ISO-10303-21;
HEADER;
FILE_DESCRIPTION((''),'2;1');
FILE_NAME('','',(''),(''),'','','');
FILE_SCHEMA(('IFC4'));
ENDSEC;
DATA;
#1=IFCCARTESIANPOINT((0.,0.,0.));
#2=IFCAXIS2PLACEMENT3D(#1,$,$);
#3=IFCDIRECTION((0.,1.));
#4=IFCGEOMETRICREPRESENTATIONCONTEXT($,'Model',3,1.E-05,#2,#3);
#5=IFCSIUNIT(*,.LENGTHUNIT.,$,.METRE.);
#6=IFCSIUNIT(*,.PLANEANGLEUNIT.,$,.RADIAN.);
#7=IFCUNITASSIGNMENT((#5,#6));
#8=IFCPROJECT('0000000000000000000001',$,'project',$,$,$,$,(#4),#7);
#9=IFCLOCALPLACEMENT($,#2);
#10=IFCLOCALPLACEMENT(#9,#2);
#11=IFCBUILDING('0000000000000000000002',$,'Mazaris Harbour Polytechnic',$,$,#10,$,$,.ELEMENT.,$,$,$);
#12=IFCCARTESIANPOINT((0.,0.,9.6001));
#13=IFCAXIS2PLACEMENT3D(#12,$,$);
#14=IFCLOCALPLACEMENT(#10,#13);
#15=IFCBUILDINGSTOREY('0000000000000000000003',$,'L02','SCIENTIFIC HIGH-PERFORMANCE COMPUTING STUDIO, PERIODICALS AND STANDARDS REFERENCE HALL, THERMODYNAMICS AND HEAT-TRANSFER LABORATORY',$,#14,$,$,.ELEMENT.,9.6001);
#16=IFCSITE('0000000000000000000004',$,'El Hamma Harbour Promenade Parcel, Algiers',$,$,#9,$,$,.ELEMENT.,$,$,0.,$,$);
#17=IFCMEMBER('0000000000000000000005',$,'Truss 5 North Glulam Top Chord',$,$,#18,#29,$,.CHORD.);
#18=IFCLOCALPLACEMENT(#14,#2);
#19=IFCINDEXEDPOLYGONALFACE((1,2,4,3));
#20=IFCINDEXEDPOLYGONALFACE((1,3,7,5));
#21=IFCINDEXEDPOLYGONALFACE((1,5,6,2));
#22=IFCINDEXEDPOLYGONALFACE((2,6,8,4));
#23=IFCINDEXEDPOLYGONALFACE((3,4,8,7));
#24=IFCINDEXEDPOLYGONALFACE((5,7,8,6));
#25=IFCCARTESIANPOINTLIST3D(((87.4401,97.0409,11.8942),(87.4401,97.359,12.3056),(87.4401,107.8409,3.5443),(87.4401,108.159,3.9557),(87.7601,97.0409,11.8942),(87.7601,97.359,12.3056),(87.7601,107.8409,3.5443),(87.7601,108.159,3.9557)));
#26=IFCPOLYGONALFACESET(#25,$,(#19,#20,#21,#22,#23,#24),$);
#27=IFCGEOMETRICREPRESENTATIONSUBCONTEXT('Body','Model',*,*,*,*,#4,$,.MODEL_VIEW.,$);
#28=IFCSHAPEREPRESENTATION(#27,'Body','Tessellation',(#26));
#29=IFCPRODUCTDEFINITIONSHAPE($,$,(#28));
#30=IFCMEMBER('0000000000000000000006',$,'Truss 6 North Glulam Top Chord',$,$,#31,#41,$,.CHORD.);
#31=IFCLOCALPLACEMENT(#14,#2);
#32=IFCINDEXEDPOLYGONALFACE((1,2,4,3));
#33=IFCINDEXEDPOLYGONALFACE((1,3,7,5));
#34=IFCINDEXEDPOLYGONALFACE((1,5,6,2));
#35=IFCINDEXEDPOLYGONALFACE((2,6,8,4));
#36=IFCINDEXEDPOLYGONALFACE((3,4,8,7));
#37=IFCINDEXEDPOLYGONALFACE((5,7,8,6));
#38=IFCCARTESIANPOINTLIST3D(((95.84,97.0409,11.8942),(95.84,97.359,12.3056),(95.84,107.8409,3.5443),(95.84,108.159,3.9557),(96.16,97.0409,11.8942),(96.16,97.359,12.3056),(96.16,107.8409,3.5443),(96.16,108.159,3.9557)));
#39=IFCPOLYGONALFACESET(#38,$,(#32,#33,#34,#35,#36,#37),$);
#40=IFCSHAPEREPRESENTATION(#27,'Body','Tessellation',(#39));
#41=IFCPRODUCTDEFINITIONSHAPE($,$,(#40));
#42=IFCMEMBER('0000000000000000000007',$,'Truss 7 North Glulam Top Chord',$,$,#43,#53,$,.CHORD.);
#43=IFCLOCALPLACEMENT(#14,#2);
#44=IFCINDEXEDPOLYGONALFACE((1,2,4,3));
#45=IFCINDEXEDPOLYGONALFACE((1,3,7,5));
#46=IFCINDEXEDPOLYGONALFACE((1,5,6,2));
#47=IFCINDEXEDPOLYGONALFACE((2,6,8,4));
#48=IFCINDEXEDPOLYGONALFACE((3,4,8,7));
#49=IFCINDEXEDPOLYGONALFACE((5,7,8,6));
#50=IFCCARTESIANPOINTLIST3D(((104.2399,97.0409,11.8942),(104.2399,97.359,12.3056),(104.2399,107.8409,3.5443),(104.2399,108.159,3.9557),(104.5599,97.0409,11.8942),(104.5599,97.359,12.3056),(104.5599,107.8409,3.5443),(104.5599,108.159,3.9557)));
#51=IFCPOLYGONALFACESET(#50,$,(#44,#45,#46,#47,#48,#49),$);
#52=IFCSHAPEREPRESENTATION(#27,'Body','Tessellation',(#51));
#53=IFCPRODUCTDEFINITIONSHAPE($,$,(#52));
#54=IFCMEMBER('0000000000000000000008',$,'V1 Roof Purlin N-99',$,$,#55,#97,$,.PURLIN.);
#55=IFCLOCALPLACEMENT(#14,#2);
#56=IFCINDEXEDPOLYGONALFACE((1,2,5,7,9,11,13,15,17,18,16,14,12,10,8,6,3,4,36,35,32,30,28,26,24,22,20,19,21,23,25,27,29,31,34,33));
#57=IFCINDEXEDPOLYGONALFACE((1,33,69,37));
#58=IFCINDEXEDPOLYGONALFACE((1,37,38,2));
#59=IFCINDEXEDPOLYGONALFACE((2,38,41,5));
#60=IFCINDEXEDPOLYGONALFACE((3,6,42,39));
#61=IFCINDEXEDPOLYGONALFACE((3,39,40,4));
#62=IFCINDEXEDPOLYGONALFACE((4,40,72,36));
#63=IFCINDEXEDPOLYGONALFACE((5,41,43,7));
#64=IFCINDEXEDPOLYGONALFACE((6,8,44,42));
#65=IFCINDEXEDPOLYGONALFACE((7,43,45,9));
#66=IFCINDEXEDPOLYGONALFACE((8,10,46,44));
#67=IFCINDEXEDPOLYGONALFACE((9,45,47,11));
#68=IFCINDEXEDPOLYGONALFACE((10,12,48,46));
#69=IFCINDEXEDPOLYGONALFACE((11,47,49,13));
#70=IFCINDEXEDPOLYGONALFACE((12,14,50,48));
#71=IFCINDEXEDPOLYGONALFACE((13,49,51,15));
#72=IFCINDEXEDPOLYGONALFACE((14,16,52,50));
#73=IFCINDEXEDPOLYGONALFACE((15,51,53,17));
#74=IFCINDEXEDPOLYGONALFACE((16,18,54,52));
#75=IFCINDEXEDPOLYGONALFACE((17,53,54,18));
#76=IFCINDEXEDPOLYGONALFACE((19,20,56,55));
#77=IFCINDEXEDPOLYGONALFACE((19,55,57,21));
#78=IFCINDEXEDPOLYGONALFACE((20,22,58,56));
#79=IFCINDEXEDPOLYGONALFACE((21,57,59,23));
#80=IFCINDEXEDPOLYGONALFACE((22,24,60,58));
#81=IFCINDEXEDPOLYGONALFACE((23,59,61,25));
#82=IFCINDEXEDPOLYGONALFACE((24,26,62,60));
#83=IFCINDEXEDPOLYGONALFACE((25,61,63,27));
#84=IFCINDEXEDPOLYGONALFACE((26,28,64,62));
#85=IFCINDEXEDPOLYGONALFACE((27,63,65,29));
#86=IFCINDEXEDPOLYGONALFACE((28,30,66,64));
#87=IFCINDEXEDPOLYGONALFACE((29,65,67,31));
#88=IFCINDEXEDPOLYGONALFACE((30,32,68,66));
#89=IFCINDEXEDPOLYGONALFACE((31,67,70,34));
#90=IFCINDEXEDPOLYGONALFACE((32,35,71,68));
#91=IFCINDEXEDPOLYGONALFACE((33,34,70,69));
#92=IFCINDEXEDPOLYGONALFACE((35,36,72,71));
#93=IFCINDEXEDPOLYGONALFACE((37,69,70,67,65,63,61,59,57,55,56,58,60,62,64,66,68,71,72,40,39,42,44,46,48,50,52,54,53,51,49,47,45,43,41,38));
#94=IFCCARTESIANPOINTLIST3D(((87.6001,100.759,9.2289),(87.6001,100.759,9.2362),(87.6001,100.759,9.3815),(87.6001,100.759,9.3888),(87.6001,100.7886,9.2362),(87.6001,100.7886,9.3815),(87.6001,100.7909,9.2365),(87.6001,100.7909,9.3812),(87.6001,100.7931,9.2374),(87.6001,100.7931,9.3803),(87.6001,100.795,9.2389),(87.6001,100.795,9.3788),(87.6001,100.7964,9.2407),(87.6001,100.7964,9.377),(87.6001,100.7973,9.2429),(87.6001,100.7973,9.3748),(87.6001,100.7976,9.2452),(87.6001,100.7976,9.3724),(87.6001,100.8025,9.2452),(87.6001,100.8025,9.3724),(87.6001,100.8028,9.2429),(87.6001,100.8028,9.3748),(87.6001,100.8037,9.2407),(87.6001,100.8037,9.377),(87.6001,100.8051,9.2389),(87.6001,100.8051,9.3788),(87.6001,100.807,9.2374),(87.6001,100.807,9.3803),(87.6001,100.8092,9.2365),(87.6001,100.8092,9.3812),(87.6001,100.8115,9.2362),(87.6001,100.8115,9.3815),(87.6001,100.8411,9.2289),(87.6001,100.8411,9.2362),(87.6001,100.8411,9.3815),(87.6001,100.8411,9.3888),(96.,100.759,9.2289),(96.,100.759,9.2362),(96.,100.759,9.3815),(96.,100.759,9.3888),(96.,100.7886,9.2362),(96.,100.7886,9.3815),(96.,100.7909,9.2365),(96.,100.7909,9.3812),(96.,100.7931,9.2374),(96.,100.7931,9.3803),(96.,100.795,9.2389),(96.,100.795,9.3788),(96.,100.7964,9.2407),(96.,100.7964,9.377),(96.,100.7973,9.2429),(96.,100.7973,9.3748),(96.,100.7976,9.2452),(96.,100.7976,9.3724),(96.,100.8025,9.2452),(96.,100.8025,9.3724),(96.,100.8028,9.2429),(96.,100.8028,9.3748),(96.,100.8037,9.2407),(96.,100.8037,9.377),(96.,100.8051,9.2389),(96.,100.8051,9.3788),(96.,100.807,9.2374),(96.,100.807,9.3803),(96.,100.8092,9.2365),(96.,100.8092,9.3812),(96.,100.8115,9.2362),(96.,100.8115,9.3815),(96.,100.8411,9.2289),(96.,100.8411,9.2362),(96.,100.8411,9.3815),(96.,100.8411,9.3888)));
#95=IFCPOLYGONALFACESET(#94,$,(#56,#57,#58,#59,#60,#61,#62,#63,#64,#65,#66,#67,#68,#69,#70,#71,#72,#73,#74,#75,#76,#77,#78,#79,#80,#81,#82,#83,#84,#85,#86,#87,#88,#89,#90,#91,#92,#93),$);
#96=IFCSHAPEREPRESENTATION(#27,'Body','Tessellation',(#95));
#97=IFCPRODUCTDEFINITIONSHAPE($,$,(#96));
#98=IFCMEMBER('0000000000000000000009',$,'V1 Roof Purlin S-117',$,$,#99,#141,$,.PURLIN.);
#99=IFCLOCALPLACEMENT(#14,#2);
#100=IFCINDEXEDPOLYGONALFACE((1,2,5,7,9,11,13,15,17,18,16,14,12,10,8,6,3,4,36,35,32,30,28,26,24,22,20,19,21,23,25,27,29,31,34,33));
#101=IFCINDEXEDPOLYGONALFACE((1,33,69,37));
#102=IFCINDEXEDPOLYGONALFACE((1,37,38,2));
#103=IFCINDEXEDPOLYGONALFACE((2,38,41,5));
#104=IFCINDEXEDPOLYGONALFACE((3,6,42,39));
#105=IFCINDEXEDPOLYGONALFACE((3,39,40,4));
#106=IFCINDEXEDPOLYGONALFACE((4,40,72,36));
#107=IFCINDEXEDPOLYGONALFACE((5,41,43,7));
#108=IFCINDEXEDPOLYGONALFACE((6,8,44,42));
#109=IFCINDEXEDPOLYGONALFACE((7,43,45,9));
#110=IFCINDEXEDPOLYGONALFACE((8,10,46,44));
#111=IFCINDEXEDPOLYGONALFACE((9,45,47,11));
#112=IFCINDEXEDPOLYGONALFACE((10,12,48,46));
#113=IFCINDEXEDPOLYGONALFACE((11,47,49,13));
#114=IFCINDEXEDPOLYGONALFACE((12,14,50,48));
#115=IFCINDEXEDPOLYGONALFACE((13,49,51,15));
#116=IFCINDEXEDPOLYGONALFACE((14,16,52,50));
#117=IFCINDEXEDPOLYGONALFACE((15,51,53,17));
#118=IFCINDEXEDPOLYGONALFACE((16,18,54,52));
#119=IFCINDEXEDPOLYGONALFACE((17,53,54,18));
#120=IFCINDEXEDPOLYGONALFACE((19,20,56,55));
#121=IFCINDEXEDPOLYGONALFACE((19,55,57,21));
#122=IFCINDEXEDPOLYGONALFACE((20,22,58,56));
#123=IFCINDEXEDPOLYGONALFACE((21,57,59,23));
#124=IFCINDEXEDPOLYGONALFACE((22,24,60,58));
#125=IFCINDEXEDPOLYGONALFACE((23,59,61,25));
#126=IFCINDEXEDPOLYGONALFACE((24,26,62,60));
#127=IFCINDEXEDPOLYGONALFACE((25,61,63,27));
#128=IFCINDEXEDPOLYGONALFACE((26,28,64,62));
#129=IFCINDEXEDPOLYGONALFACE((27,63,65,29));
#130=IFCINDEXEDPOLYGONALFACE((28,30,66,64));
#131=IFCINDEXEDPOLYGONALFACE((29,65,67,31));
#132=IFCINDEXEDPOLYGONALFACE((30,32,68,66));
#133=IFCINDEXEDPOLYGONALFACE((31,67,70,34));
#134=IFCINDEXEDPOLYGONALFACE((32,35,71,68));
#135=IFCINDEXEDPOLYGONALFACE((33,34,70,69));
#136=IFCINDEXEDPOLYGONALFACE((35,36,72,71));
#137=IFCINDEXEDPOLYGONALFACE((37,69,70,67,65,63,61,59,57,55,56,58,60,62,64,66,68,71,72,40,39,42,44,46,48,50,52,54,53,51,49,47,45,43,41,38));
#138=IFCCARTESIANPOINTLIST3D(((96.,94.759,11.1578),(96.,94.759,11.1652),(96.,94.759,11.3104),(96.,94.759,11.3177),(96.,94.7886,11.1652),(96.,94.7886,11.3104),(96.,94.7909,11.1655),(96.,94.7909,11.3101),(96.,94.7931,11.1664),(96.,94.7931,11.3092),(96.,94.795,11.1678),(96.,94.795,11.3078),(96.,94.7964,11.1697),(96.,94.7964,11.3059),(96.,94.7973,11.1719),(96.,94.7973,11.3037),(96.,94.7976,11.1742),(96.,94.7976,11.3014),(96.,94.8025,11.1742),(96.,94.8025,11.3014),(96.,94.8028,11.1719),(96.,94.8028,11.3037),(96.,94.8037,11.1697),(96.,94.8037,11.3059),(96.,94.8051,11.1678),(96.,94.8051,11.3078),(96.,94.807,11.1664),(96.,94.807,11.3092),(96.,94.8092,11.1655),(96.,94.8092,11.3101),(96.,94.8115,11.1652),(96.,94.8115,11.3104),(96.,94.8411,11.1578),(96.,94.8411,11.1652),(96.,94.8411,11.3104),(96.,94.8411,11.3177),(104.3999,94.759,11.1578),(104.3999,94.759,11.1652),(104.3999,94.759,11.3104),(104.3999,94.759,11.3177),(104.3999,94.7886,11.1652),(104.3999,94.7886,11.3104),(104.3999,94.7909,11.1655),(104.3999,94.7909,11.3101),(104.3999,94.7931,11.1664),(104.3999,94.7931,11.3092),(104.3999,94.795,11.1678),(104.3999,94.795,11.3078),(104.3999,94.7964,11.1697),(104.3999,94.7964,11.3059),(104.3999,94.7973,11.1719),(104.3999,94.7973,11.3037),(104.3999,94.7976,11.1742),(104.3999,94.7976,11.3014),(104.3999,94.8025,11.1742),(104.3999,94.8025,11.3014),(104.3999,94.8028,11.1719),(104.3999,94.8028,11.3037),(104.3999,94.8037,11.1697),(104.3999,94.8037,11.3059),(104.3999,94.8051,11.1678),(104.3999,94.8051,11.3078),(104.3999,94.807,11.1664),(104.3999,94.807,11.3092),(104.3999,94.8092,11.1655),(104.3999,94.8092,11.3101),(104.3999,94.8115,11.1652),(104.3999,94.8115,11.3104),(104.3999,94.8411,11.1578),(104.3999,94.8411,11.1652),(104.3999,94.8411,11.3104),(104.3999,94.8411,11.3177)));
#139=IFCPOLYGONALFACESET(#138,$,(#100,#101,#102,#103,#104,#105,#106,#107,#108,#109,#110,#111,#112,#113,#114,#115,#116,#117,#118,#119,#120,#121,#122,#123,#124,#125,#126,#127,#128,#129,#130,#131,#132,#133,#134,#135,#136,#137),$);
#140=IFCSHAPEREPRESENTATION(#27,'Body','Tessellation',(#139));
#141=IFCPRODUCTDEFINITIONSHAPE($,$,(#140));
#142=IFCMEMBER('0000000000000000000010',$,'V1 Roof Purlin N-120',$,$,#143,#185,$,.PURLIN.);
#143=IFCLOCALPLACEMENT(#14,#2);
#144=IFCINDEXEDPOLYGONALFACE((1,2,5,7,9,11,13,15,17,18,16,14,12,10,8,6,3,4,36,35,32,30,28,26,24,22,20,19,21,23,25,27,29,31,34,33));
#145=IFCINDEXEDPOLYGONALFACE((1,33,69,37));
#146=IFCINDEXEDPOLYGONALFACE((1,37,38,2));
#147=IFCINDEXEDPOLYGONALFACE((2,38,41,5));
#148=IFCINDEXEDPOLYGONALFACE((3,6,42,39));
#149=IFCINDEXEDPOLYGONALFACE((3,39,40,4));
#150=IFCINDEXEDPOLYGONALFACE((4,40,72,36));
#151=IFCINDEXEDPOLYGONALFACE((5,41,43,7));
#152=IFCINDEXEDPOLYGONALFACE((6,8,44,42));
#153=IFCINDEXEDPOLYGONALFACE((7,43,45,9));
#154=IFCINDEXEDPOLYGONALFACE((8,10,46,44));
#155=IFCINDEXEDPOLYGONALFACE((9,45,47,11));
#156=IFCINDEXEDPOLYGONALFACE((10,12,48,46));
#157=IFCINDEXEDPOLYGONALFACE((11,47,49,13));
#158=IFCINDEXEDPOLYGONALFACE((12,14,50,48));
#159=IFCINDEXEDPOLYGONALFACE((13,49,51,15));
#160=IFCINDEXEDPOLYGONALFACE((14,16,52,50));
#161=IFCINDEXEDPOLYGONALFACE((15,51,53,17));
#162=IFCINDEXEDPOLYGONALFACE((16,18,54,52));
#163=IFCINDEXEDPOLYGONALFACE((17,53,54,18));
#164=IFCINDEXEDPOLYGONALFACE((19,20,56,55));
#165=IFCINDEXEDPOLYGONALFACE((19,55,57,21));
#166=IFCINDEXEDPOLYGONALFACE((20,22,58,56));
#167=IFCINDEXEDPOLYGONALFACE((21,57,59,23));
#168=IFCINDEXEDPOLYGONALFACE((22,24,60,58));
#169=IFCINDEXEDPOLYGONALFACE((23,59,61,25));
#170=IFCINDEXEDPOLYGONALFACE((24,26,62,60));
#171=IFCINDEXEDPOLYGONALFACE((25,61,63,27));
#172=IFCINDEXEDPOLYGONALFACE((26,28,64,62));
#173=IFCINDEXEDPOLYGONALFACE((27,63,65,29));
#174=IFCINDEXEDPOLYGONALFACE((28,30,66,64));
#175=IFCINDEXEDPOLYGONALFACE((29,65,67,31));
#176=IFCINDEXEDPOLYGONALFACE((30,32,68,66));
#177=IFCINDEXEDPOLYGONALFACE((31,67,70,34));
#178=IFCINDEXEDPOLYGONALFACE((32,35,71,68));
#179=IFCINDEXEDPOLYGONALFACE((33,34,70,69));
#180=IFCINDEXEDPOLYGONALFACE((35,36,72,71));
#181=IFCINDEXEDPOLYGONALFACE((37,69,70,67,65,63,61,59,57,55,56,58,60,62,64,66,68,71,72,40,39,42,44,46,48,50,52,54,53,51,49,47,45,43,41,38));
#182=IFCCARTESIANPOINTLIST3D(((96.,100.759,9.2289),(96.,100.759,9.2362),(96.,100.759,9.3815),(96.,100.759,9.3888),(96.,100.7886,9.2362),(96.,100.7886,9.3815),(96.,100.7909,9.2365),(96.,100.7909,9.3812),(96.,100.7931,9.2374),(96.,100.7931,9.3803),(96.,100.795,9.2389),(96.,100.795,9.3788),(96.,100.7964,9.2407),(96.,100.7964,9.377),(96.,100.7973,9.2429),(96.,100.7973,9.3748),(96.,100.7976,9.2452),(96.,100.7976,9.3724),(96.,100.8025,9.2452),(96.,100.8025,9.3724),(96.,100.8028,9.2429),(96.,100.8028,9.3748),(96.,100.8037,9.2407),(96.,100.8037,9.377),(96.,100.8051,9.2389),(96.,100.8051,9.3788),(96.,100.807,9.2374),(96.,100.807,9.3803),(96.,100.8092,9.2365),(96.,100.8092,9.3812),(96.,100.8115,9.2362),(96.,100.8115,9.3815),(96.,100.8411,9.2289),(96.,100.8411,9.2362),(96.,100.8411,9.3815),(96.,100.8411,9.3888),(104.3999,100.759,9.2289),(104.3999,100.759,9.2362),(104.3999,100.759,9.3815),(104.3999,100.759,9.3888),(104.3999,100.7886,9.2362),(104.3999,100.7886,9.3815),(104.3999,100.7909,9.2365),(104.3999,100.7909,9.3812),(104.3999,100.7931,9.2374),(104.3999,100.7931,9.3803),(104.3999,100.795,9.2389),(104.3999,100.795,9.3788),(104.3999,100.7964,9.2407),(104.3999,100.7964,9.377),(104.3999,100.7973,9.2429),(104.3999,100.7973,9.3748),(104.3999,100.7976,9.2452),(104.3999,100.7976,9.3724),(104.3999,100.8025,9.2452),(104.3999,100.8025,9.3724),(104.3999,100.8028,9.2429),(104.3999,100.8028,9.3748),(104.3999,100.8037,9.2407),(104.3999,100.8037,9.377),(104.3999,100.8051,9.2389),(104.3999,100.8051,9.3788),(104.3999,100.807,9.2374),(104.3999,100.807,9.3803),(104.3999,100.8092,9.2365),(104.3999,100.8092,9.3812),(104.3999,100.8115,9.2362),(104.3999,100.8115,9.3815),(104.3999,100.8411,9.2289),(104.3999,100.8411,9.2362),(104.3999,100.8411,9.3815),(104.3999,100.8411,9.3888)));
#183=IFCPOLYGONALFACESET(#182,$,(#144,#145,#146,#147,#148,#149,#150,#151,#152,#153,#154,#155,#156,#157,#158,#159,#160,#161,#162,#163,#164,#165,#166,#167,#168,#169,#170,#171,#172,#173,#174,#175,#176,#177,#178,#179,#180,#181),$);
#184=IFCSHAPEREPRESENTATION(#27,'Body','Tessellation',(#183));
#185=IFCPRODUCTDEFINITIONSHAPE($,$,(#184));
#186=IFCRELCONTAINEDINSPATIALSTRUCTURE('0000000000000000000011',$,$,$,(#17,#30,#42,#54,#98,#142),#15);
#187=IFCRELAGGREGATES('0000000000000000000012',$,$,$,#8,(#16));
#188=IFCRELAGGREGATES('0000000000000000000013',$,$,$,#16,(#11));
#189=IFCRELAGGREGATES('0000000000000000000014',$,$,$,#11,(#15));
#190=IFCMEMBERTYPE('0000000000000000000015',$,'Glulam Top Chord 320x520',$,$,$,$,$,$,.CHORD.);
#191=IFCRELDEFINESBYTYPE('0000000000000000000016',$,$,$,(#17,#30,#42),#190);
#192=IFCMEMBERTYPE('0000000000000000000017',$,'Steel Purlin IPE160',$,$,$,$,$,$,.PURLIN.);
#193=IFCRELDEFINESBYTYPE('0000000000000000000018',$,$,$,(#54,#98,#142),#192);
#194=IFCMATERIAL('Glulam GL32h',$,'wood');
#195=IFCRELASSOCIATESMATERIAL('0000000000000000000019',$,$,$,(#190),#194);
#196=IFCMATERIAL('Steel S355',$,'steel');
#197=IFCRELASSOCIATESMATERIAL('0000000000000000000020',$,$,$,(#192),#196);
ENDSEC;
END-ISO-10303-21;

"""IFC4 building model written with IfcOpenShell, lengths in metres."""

from ifc_helpers import new_model, si_unit, direction, frame, origin, origin_2d, place, context, subcontext, project, spatial, rectangle, i_section, extrude, material, material_profile, profile_set, type_object, element, save


model = new_model("IFC4")

# Units and contexts
model_context = context("Model", 3, precision=1e-05, world=origin(), true_north=direction((0.0, 1.0)))
body_context = subcontext(model_context, "Body", "Model", "MODEL_VIEW")
ifc_project = project(units=[si_unit("LENGTHUNIT", "METRE"), si_unit("PLANEANGLEUNIT", "RADIAN")], contexts=[model_context])

# Site, building, storey
site_placement = place(None, origin())
site = spatial("IfcSite", under=ifc_project, at=site_placement, Name="El Hamma Harbour Promenade Parcel, Algiers", CompositionType="ELEMENT", RefElevation=0.0)
building_placement = place(site_placement, origin())
building = spatial("IfcBuilding", under=site, at=building_placement, Name="Mazaris Harbour Polytechnic", CompositionType="ELEMENT")
storey_placement = place(building_placement, frame((0.0, 0.0, 9.6001)))
storey = spatial("IfcBuildingStorey", under=building, at=storey_placement, Name="L02", Description="SCIENTIFIC HIGH-PERFORMANCE COMPUTING STUDIO, PERIODICALS AND STANDARDS REFERENCE HALL, THERMODYNAMICS AND HEAT-TRANSFER LABORATORY", CompositionType="ELEMENT", Elevation=9.6001)

# Members
ifc_material_1 = material(Name="Glulam GL32h", Category="wood")
ifc_material_profile_1 = material_profile(ifc_material_1, rectangle(XDim=0.3201, YDim=0.52, at=origin_2d()), Name="RECT320x520")
ifc_profile_set_1 = profile_set([ifc_material_profile_1], Name="Glulam GL32h")
member_type_1 = type_object("IfcMemberType", Name="Glulam Top Chord 320x520", PredefinedType="CHORD", material=ifc_profile_set_1)
for number, where, z_axis, x_axis, name in (
    (1, (87.6001, 97.2, 12.0999), (0.0, 0.79113, -0.611648), (-1.0, 0.0, 0.0), "Truss 5 North Glulam Top Chord"),
    (2, (96.0, 97.2, 12.0999), (0.0, 0.79113, -0.611648), (-1.0, 0.0, 0.0), "Truss 6 North Glulam Top Chord"),
    (3, (104.3999, 97.2, 12.0999), (0.0, 0.79113, -0.611648), (-1.0, 0.0, 0.0), "Truss 7 North Glulam Top Chord"),
):
    element("IfcMember", number, at=place(storey_placement, frame(where, z_axis=z_axis, x_axis=x_axis)), inside=storey, type_object=member_type_1, Name=name, PredefinedType="CHORD", context=body_context, shape_type="SweptSolid", body=[
        extrude(rectangle(XDim=0.3201, YDim=0.52, at=origin_2d()), origin(), (0.0, 0.0, 1.0), 13.6514),
    ])
ifc_material_2 = material(Name="Steel S355", Category="steel")
ifc_material_profile_2 = material_profile(ifc_material_2, i_section(OverallWidth=0.082, OverallDepth=0.1599, WebThickness=0.0049, FlangeThickness=0.0073, FilletRadius=0.009, at=origin_2d()), Name="IPE 160")
ifc_profile_set_2 = profile_set([ifc_material_profile_2], Name="Steel S355")
member_type_2 = type_object("IfcMemberType", Name="Steel Purlin IPE160", PredefinedType="PURLIN", material=ifc_profile_set_2)
for number, where, z_axis, x_axis, name in (
    (4, (87.6001, 100.8, 9.3088), (1.0, 0.0, 0.0), (0.0, 1.0, 0.0), "V1 Roof Purlin N-99"),
    (5, (96.0, 94.8, 11.2378), (1.0, 0.0, 0.0), (0.0, 1.0, 0.0), "V1 Roof Purlin S-117"),
    (6, (96.0, 100.8, 9.3088), (1.0, 0.0, 0.0), (0.0, 1.0, 0.0), "V1 Roof Purlin N-120"),
):
    element("IfcMember", number, at=place(storey_placement, frame(where, z_axis=z_axis, x_axis=x_axis)), inside=storey, type_object=member_type_2, Name=name, PredefinedType="PURLIN", context=body_context, shape_type="SweptSolid", body=[
        extrude(i_section(OverallWidth=0.082, OverallDepth=0.1599, WebThickness=0.0049, FlangeThickness=0.0073, FilletRadius=0.009, at=origin_2d()), origin(), (0.0, 0.0, 1.0), 8.3999),
    ])

save(model, "model.ifc")
